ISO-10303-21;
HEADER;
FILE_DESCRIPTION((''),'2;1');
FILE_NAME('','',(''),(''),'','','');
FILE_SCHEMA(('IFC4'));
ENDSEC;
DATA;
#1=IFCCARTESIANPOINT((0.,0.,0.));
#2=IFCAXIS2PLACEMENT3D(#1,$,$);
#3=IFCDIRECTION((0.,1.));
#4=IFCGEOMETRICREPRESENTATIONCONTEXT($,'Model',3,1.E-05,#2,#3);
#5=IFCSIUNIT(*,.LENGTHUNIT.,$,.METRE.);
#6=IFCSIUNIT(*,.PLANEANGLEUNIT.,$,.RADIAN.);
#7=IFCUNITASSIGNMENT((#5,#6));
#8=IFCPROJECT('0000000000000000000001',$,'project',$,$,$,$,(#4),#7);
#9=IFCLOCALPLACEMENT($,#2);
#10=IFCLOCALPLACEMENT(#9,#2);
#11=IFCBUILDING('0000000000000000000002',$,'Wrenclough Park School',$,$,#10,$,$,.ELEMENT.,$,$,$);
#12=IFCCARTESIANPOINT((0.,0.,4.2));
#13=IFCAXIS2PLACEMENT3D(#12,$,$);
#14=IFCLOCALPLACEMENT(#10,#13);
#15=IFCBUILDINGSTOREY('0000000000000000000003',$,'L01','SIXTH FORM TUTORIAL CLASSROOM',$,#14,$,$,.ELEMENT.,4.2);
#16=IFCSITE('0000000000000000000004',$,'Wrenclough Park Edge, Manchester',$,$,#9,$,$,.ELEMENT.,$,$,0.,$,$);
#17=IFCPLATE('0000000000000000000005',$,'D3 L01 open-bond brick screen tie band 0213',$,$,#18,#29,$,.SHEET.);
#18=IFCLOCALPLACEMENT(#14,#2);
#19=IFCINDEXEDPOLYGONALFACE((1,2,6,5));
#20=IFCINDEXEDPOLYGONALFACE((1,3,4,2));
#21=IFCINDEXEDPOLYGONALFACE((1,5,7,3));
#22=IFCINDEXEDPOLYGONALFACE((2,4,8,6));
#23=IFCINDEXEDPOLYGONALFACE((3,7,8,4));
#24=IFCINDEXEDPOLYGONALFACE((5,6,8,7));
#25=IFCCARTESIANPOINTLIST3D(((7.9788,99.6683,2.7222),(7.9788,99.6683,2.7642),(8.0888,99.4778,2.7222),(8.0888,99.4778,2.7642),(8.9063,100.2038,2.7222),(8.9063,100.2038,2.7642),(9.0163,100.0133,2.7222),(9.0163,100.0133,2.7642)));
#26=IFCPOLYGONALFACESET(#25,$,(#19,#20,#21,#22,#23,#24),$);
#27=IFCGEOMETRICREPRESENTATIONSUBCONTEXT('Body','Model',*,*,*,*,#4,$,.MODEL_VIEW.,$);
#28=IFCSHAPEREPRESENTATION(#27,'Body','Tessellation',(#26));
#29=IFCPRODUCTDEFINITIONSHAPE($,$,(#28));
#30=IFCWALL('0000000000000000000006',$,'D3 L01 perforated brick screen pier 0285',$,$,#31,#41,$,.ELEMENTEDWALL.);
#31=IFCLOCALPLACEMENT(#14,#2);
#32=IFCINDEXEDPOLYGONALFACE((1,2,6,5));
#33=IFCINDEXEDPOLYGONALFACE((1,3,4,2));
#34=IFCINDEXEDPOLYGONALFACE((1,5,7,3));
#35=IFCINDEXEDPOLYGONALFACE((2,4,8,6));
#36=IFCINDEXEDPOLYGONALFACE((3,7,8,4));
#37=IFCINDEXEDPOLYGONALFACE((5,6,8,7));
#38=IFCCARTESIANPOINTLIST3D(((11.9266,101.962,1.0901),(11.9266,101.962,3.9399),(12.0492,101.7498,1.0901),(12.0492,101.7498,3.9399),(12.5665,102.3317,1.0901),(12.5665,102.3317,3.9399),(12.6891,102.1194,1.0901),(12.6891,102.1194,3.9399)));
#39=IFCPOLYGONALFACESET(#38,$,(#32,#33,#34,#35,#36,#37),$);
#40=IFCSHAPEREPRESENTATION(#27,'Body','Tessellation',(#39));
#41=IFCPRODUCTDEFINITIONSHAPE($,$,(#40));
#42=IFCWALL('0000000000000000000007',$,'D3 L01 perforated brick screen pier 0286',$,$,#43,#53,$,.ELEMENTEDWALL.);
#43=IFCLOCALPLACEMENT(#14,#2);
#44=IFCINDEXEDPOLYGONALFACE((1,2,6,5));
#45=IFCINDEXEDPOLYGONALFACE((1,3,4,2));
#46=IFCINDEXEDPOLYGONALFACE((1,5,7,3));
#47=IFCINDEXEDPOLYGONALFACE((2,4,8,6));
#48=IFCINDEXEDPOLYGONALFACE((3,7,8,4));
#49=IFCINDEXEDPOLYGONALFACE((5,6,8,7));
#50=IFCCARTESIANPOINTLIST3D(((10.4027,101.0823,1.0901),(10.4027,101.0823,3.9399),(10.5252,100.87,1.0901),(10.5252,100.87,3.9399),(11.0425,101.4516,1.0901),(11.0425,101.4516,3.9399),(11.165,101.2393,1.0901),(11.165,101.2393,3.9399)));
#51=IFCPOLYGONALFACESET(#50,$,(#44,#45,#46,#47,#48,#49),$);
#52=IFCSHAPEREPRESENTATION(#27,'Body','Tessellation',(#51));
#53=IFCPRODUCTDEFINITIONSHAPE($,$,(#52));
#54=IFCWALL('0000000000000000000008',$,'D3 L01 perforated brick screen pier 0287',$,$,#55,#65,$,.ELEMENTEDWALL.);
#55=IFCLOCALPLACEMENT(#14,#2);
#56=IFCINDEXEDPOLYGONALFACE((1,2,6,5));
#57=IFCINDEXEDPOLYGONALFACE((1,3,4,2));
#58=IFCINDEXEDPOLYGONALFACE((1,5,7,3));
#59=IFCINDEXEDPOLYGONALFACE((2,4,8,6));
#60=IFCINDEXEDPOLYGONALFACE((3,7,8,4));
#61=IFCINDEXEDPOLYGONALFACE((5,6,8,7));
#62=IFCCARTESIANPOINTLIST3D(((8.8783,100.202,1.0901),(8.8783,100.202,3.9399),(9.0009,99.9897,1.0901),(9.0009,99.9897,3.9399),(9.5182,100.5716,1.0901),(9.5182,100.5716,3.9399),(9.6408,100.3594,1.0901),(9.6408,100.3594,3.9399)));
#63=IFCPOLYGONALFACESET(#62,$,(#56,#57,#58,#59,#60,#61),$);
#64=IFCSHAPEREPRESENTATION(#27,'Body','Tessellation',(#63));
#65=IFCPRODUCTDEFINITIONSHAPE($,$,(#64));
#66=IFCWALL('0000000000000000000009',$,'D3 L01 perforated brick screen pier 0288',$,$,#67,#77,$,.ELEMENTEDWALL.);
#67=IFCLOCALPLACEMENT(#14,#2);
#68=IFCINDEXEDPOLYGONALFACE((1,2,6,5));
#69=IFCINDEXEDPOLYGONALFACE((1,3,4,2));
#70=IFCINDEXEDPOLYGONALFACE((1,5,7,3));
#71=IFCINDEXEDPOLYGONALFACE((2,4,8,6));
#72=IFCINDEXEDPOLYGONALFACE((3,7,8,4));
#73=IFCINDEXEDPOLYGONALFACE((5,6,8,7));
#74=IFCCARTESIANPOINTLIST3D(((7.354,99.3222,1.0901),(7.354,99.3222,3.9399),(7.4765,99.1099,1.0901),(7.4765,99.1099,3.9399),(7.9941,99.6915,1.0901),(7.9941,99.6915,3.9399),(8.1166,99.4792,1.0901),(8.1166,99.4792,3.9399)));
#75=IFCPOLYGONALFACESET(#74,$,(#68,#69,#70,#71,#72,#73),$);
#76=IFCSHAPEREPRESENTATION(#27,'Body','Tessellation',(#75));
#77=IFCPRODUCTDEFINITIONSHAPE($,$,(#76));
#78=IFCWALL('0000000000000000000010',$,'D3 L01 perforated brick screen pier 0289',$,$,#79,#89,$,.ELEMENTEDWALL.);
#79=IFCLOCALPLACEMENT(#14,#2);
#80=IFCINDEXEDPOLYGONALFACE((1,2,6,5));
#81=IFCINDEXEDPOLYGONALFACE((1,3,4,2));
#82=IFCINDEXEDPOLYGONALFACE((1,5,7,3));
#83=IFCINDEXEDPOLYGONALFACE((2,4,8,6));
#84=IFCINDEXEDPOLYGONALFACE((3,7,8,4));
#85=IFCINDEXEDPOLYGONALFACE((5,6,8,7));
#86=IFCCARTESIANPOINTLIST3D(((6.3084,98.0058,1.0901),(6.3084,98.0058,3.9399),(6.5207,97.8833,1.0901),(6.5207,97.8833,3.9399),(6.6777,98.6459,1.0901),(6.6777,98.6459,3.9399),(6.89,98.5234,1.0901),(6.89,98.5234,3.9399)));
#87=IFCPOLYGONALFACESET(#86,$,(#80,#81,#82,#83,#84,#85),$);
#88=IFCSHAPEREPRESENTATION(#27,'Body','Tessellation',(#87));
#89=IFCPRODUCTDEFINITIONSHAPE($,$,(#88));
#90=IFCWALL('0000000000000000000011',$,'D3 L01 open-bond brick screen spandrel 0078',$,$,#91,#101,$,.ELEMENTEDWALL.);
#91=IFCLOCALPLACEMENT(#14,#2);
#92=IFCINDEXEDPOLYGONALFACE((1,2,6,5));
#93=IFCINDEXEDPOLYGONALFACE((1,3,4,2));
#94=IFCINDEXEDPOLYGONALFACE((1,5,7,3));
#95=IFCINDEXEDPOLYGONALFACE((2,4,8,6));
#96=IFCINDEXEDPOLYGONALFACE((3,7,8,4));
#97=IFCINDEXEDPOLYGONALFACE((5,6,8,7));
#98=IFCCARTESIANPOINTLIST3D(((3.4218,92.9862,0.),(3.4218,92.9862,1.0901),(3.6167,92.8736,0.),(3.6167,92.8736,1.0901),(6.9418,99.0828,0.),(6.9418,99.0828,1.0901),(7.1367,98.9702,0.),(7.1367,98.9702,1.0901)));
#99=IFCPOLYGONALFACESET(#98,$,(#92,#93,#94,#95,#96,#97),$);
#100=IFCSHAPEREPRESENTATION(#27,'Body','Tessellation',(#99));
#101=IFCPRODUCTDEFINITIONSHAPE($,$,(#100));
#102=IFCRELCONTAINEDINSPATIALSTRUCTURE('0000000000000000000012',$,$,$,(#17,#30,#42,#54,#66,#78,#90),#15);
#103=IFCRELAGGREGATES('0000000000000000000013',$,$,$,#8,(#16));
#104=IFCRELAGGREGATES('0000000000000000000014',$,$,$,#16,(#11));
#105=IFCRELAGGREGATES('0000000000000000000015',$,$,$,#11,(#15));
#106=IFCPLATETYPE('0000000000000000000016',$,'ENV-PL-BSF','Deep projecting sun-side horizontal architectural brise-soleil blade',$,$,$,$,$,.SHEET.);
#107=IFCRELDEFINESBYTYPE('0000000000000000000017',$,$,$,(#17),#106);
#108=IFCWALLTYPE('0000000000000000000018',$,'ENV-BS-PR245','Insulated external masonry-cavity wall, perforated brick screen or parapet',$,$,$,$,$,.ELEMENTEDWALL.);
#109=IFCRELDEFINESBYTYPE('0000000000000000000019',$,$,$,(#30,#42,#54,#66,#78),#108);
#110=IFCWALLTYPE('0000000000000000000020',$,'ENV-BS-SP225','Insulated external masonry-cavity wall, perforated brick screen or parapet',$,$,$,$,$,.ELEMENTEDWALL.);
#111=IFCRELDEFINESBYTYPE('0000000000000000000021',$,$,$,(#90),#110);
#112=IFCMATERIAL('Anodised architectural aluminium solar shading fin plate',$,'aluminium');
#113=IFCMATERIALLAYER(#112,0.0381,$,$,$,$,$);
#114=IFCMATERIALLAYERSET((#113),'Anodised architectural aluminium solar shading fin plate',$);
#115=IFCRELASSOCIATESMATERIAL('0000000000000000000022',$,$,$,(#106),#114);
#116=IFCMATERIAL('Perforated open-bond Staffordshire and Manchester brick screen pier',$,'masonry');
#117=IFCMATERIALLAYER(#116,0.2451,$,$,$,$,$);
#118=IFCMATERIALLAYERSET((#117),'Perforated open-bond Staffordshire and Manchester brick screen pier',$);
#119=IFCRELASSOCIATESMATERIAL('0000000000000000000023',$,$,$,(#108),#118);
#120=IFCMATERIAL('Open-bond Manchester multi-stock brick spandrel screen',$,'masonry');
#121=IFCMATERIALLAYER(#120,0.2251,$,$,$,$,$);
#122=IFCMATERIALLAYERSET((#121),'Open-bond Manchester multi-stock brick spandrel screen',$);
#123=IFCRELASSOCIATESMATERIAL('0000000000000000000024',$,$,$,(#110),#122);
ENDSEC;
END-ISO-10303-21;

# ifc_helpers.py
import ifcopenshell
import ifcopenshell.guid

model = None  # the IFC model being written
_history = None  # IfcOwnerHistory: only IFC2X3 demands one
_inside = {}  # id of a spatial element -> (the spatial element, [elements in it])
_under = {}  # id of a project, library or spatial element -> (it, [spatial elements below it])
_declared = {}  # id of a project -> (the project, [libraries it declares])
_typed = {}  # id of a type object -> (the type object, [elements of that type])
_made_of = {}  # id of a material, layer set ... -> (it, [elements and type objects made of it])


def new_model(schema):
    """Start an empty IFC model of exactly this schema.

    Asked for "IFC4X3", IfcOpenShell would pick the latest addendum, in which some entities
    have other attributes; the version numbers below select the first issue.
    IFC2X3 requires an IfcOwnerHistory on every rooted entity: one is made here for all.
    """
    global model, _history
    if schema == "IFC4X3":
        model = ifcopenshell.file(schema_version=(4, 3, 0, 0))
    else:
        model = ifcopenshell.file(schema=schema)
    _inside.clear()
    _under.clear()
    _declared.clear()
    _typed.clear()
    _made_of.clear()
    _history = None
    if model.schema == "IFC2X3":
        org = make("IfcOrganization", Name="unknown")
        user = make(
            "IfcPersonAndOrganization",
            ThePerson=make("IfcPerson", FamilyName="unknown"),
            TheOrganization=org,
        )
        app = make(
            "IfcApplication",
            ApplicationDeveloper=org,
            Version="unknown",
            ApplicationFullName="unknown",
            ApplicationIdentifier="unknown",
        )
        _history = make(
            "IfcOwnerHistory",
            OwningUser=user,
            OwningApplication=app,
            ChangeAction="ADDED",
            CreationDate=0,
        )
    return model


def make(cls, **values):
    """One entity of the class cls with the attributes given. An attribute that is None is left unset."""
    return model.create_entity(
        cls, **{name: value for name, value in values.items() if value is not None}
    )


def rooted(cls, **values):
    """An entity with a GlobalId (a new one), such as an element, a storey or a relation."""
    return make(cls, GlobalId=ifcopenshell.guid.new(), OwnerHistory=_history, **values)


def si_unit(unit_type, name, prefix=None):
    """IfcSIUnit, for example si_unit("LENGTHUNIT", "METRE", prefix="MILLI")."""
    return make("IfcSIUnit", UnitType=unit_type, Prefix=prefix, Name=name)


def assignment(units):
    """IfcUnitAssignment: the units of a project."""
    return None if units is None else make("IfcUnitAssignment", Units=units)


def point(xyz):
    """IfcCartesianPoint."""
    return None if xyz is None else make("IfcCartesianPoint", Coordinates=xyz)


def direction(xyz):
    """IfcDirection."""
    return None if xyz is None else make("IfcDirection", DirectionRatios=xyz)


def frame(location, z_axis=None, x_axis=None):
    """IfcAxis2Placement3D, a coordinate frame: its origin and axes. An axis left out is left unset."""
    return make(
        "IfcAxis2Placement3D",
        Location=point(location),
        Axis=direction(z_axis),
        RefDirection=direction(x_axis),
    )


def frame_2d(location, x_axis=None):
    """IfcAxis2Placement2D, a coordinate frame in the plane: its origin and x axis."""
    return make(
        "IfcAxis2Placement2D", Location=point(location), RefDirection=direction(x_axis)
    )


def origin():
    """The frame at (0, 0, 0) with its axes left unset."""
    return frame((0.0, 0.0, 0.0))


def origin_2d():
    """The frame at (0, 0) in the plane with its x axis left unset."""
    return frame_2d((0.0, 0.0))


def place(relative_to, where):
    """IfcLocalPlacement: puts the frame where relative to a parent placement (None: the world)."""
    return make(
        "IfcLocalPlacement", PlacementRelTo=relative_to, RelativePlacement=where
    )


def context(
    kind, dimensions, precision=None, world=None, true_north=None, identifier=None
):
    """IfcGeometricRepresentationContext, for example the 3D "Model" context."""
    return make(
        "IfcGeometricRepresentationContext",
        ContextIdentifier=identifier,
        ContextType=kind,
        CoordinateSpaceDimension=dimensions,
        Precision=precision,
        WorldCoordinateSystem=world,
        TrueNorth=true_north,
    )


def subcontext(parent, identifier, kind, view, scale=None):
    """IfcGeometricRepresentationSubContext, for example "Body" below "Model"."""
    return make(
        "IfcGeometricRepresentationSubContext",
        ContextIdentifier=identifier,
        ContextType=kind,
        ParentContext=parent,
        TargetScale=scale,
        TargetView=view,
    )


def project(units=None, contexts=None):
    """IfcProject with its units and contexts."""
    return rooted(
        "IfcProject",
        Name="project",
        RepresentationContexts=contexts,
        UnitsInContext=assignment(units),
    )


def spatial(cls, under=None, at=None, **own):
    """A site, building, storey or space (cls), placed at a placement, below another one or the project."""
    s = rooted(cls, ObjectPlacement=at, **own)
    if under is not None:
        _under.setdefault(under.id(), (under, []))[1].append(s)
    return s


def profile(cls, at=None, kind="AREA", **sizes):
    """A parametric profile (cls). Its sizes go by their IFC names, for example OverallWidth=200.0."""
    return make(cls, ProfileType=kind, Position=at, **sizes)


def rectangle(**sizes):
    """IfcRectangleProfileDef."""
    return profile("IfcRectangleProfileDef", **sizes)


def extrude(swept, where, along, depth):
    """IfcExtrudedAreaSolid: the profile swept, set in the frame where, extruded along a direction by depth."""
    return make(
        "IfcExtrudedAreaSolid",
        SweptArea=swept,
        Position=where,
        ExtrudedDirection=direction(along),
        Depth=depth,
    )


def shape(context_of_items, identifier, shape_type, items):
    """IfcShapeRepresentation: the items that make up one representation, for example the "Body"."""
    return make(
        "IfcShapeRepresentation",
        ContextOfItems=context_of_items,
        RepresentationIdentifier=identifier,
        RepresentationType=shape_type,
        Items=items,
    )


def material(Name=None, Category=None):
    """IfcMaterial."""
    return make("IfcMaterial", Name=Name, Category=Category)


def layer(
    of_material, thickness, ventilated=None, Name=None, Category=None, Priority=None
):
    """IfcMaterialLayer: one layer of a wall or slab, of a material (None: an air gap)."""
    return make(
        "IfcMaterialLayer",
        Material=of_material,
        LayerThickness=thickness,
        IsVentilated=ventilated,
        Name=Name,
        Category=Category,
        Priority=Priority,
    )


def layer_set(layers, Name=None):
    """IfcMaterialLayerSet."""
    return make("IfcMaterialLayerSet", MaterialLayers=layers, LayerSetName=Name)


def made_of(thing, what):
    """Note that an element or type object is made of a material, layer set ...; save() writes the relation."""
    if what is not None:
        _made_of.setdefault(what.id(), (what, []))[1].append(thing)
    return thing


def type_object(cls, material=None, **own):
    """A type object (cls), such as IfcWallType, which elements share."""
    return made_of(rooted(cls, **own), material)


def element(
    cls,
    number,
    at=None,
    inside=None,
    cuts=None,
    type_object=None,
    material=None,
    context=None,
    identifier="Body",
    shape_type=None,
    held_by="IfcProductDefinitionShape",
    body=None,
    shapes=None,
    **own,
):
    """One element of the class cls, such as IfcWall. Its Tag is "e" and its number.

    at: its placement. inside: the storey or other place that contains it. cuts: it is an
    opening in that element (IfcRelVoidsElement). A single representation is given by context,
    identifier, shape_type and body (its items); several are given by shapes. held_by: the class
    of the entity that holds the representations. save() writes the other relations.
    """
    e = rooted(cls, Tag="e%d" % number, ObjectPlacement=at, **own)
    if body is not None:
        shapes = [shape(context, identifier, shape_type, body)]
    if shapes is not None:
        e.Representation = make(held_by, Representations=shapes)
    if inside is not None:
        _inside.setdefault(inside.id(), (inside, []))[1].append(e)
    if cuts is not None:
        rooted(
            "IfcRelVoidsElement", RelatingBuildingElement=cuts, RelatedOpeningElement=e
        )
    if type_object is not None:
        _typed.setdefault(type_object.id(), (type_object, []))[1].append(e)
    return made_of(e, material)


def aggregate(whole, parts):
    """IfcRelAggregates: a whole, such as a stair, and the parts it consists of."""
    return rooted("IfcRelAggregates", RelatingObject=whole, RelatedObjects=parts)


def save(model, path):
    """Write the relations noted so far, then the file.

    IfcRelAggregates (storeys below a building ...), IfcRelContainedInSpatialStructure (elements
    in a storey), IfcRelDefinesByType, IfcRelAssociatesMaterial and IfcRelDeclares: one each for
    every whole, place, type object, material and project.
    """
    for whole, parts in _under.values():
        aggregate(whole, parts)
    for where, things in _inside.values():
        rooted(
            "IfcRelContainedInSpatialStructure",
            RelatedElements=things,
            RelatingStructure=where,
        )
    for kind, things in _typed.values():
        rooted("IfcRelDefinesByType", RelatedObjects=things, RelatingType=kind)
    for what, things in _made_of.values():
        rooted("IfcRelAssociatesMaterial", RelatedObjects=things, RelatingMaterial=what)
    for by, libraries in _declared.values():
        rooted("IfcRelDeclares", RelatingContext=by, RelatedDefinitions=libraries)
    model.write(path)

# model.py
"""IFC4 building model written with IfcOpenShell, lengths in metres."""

from ifc_helpers import new_model, si_unit, direction, frame, frame_2d, origin, origin_2d, place, context, subcontext, project, spatial, rectangle, extrude, material, layer, layer_set, type_object, element, save


model = new_model("IFC4")

# Units and contexts
model_context = context("Model", 3, precision=1e-05, world=origin(), true_north=direction((0.0, 1.0)))
body_context = subcontext(model_context, "Body", "Model", "MODEL_VIEW")
ifc_project = project(units=[si_unit("LENGTHUNIT", "METRE"), si_unit("PLANEANGLEUNIT", "RADIAN")], contexts=[model_context])

# Site, building, storey
site_placement = place(None, origin())
site = spatial("IfcSite", under=ifc_project, at=site_placement, Name="Wrenclough Park Edge, Manchester", CompositionType="ELEMENT", RefElevation=0.0)
building_placement = place(site_placement, origin())
building = spatial("IfcBuilding", under=site, at=building_placement, Name="Wrenclough Park School", CompositionType="ELEMENT")
storey_placement = place(building_placement, frame((0.0, 0.0, 4.2)))
storey = spatial("IfcBuildingStorey", under=building, at=storey_placement, Name="L01", Description="SIXTH FORM TUTORIAL CLASSROOM", CompositionType="ELEMENT", Elevation=4.2)

# Plate
ifc_material_1 = material(Name="Anodised architectural aluminium solar shading fin plate", Category="aluminium")
ifc_layer_1 = layer(ifc_material_1, 0.0381)
ifc_layer_set_1 = layer_set([ifc_layer_1], Name="Anodised architectural aluminium solar shading fin plate")
plate_type_1 = type_object("IfcPlateType", Name="ENV-PL-BSF", Description="Deep projecting sun-side horizontal architectural brise-soleil blade", PredefinedType="SHEET", material=ifc_layer_set_1)
for number, where, z_axis, x_axis, name in (
    (1, (8.4976, 99.8408, 2.7222), (0.0, 0.0, 1.0), (-0.866031, -0.499991, 0.0), "D3 L01 open-bond brick screen tie band 0213"),
):
    element("IfcPlate", number, at=place(storey_placement, frame(where, z_axis=z_axis, x_axis=x_axis)), inside=storey, type_object=plate_type_1, Name=name, PredefinedType="SHEET", context=body_context, shape_type="SweptSolid", body=[
        extrude(rectangle(XDim=1.071, YDim=0.22, at=origin_2d()), origin(), (0.0, 0.0, 1.0), 0.042),
    ])

# Walls
ifc_material_2 = material(Name="Perforated open-bond Staffordshire and Manchester brick screen pier", Category="masonry")
ifc_layer_2 = layer(ifc_material_2, 0.2451)
ifc_layer_set_2 = layer_set([ifc_layer_2], Name="Perforated open-bond Staffordshire and Manchester brick screen pier")
wall_type_1 = type_object("IfcWallType", Name="ENV-BS-PR245", Description="Insulated external masonry-cavity wall, perforated brick screen or parapet", PredefinedType="ELEMENTEDWALL", material=ifc_layer_set_2)
wall_1_placement = place(storey_placement, frame((12.6279, 102.2256, 1.0901), z_axis=(0.0, 0.0, 1.0), x_axis=(-0.865916, -0.50019, 0.0)))
element("IfcWall", 2, at=wall_1_placement, inside=storey, type_object=wall_type_1, Name="D3 L01 perforated brick screen pier 0285", PredefinedType="ELEMENTEDWALL", context=body_context, shape_type="SweptSolid", body=[
    extrude(rectangle(XDim=0.739, YDim=0.2451, at=frame_2d((0.3696, 0.0))), origin(), (0.0, 0.0, 1.0), 2.8499),
])
wall_2_placement = place(storey_placement, frame((11.1038, 101.3455, 1.0901), z_axis=(0.0, 0.0, 1.0), x_axis=(-0.866059, -0.499942, 0.0)))
element("IfcWall", 3, at=wall_2_placement, inside=storey, type_object=wall_type_1, Name="D3 L01 perforated brick screen pier 0286", PredefinedType="ELEMENTEDWALL", context=body_context, shape_type="SweptSolid", body=[
    extrude(rectangle(XDim=0.7388, YDim=0.2451, at=frame_2d((0.3694, 0.0))), origin(), (0.0, 0.0, 1.0), 2.8499),
])
for number, where, z_axis, x_axis, name in (
    (4, (9.5796, 100.4656, 1.0901), (0.0, 0.0, 1.0), (-0.865916, -0.50019, 0.0), "D3 L01 perforated brick screen pier 0287"),
    (5, (8.0554, 99.5854, 1.0901), (0.0, 0.0, 1.0), (-0.866142, -0.499799, 0.0), "D3 L01 perforated brick screen pier 0288"),
    (6, (6.7839, 98.5847, 1.0901), (0.0, 0.0, 1.0), (-0.499799, -0.866142, 0.0), "D3 L01 perforated brick screen pier 0289"),
):
    element("IfcWall", number, at=place(storey_placement, frame(where, z_axis=z_axis, x_axis=x_axis)), inside=storey, type_object=wall_type_1, Name=name, PredefinedType="ELEMENTEDWALL", context=body_context, shape_type="SweptSolid", body=[
        extrude(rectangle(XDim=0.739, YDim=0.2451, at=frame_2d((0.3696, 0.0))), origin(), (0.0, 0.0, 1.0), 2.8499),
    ])
ifc_material_3 = material(Name="Open-bond Manchester multi-stock brick spandrel screen", Category="masonry")
ifc_layer_3 = layer(ifc_material_3, 0.2251)
ifc_layer_set_3 = layer_set([ifc_layer_3], Name="Open-bond Manchester multi-stock brick spandrel screen")
wall_type_2 = type_object("IfcWallType", Name="ENV-BS-SP225", Description="Insulated external masonry-cavity wall, perforated brick screen or parapet", PredefinedType="ELEMENTEDWALL", material=ifc_layer_set_3)
wall_3_placement = place(storey_placement, frame((7.0393, 99.0266, 0.0), z_axis=(0.0, 0.0, 1.0), x_axis=(-0.500011, -0.866019, 0.0)))
element("IfcWall", 7, at=wall_3_placement, inside=storey, type_object=wall_type_2, Name="D3 L01 open-bond brick screen spandrel 0078", PredefinedType="ELEMENTEDWALL", context=body_context, shape_type="SweptSolid", body=[
    extrude(rectangle(XDim=7.0398, YDim=0.2251, at=frame_2d((3.52, 0.0))), origin(), (0.0, 0.0, 1.0), 1.0901),
])

save(model, "model.ifc")
